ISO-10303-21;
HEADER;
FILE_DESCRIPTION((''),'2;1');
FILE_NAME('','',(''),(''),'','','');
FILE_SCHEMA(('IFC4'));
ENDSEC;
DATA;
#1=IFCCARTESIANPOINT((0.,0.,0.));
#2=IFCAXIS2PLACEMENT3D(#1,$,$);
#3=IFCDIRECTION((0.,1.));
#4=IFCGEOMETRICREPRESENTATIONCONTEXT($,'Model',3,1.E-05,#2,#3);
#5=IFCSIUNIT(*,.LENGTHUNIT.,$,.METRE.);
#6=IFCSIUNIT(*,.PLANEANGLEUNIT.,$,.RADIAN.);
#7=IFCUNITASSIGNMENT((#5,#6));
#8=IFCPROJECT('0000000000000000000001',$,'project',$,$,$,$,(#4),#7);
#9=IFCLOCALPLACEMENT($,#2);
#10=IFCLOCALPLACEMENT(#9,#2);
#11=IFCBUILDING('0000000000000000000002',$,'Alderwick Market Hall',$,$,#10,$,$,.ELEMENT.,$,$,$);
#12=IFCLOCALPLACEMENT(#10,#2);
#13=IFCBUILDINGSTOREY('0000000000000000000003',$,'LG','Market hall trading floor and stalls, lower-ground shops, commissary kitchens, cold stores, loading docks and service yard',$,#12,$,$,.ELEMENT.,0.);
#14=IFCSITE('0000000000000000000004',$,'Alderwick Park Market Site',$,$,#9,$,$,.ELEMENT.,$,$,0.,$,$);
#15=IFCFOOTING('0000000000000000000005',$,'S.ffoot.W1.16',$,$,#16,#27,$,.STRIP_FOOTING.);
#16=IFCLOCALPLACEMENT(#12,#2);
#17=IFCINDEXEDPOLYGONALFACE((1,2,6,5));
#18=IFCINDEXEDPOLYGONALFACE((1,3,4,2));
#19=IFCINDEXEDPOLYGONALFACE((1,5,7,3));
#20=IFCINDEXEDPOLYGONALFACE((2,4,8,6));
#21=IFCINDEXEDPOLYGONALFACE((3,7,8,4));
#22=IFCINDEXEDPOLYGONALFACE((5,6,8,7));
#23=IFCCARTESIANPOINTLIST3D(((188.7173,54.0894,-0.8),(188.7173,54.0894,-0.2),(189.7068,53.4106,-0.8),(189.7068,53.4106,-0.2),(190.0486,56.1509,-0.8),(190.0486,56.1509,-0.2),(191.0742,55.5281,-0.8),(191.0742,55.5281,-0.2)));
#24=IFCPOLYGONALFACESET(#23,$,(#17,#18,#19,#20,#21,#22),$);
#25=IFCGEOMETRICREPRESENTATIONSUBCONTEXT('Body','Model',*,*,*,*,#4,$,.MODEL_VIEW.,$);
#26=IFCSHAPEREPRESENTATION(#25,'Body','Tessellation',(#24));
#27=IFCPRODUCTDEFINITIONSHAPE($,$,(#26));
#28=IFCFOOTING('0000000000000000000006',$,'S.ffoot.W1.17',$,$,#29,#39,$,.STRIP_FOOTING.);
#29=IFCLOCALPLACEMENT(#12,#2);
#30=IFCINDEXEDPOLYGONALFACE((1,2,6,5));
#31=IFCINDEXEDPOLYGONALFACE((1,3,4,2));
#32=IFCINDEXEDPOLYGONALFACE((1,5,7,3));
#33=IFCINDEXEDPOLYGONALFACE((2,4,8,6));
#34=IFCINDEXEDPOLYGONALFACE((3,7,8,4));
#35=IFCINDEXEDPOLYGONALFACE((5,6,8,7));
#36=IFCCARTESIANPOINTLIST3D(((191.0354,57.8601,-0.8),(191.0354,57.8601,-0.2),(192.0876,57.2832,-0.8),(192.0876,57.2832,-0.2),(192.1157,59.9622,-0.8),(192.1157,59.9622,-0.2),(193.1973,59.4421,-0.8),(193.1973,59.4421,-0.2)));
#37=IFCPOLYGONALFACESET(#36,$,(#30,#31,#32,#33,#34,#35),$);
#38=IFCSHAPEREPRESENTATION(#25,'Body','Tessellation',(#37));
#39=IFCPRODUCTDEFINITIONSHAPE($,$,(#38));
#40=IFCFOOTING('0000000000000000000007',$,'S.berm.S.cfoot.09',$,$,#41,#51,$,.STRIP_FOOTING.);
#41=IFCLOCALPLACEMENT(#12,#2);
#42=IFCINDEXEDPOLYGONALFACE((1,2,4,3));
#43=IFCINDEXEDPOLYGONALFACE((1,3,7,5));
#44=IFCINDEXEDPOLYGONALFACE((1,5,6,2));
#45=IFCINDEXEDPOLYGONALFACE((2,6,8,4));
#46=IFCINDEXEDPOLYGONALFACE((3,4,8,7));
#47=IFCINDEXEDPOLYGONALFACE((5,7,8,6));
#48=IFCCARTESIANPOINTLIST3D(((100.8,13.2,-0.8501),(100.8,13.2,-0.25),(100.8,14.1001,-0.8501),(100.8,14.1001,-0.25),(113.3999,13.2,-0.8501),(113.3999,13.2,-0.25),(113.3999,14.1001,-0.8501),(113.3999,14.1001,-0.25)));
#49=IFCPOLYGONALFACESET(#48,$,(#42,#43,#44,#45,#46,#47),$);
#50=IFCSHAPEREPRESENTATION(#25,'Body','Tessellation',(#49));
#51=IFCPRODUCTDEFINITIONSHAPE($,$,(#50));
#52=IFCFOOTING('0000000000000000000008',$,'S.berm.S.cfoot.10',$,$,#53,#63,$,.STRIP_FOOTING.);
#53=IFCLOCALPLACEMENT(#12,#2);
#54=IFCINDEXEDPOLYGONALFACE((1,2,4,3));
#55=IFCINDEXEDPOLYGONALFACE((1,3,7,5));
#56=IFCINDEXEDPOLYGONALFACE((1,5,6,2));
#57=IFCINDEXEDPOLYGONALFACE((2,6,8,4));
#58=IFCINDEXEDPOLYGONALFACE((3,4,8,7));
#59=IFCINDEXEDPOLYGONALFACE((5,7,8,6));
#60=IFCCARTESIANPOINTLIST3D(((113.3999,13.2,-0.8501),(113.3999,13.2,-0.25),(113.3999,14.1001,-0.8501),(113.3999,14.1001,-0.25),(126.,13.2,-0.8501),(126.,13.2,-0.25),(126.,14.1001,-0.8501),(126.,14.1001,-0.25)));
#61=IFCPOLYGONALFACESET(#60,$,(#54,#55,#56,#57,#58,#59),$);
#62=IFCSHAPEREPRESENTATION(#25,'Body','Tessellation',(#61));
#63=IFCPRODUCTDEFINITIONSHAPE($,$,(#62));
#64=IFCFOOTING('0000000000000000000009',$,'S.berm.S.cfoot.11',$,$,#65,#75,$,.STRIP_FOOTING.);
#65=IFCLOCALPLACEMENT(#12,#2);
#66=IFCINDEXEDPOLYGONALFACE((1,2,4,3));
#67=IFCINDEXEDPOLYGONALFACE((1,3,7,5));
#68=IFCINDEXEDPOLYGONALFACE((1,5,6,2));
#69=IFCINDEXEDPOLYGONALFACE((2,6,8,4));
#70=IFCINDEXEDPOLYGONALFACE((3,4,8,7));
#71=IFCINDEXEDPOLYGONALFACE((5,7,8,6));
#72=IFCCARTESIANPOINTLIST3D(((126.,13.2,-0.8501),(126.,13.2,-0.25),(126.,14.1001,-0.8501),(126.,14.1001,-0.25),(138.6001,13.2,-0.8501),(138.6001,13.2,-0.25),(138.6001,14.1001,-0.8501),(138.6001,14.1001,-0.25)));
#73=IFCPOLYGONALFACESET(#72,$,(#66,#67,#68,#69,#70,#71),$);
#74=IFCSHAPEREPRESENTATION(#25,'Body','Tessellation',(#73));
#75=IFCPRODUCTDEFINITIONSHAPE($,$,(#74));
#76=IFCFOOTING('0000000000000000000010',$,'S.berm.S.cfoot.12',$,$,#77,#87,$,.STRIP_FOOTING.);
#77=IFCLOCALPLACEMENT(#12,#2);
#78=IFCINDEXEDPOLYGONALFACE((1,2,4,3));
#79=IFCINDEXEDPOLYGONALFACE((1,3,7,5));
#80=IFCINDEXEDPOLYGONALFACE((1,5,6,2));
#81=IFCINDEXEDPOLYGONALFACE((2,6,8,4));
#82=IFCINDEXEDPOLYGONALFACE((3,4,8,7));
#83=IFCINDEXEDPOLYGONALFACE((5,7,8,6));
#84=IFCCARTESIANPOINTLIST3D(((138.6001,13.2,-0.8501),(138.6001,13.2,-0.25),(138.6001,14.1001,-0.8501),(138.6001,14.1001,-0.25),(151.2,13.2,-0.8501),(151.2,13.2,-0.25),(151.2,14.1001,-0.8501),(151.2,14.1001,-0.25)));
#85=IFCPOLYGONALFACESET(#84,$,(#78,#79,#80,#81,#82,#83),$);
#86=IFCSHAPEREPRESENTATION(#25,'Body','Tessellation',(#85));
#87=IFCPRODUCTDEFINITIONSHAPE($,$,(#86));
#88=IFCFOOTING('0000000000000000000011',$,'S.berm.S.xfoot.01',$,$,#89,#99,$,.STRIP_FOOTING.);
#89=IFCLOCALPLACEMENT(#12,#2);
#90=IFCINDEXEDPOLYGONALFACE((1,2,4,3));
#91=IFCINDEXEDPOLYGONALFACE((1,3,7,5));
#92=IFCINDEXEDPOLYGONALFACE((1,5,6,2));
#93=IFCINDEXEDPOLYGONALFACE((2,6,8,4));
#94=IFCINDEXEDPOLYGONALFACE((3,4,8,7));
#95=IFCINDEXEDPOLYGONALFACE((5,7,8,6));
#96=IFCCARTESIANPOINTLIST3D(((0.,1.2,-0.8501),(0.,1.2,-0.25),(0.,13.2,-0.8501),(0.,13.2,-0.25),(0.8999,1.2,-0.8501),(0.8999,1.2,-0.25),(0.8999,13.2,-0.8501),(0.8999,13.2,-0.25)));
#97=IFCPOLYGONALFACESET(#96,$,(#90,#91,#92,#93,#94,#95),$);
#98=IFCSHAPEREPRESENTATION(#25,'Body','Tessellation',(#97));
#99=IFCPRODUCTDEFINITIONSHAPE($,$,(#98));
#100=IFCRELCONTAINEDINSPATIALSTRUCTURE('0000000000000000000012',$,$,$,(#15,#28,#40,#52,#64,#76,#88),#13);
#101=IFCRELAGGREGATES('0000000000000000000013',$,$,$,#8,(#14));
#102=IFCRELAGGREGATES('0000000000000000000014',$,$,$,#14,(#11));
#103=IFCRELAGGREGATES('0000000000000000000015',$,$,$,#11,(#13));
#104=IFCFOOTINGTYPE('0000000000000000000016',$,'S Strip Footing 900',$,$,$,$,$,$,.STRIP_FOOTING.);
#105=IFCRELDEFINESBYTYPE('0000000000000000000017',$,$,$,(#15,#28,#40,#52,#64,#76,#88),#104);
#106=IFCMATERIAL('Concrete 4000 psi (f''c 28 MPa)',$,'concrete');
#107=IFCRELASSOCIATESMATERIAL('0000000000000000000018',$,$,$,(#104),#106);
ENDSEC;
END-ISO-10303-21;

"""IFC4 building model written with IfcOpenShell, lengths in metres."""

from ifc_helpers import new_model, si_unit, direction, frame, origin, place, context, subcontext, project, spatial, polyline, outline, extrude, material, type_object, element, save


model = new_model("IFC4")

# Units and contexts
model_context = context("Model", 3, precision=1e-05, world=origin(), true_north=direction((0.0, 1.0)))
body_context = subcontext(model_context, "Body", "Model", "MODEL_VIEW")
ifc_project = project(units=[si_unit("LENGTHUNIT", "METRE"), si_unit("PLANEANGLEUNIT", "RADIAN")], contexts=[model_context])

# Site, building, storey
site_placement = place(None, origin())
site = spatial("IfcSite", under=ifc_project, at=site_placement, Name="Alderwick Park Market Site", CompositionType="ELEMENT", RefElevation=0.0)
building_placement = place(site_placement, origin())
building = spatial("IfcBuilding", under=site, at=building_placement, Name="Alderwick Market Hall", CompositionType="ELEMENT")
storey_placement = place(building_placement, origin())
storey = spatial("IfcBuildingStorey", under=building, at=storey_placement, Name="LG", Description="Market hall trading floor and stalls, lower-ground shops, commissary kitchens, cold stores, loading docks and service yard", CompositionType="ELEMENT", Elevation=0.0)

# Footings
ifc_material = material(Name="Concrete 4000 psi (f'c 28 MPa)", Category="concrete")
footing_type = type_object("IfcFootingType", Name="S Strip Footing 900", PredefinedType="STRIP_FOOTING", material=ifc_material)
footing_1_placement = place(storey_placement, frame((0.0, 0.0, -0.8)))
element("IfcFooting", 1, at=footing_1_placement, inside=storey, type_object=footing_type, Name="S.ffoot.W1.16", PredefinedType="STRIP_FOOTING", context=body_context, shape_type="SweptSolid", body=[
    extrude(outline(polyline([(189.7068, 53.4106), (191.0742, 55.5281), (190.0486, 56.1509), (188.7173, 54.0894), (189.7068, 53.4106)])), origin(), (0.0, 0.0, 1.0), 0.6001),
])
footing_2_placement = place(storey_placement, frame((0.0, 0.0, -0.8)))
element("IfcFooting", 2, at=footing_2_placement, inside=storey, type_object=footing_type, Name="S.ffoot.W1.17", PredefinedType="STRIP_FOOTING", context=body_context, shape_type="SweptSolid", body=[
    extrude(outline(polyline([(192.0876, 57.2832), (193.1973, 59.4421), (192.1157, 59.9622), (191.0354, 57.8601), (192.0876, 57.2832)])), origin(), (0.0, 0.0, 1.0), 0.6001),
])
footing_3_placement = place(storey_placement, frame((0.0, 0.0, -0.8501)))
element("IfcFooting", 3, at=footing_3_placement, inside=storey, type_object=footing_type, Name="S.berm.S.cfoot.09", PredefinedType="STRIP_FOOTING", context=body_context, shape_type="SweptSolid", body=[
    extrude(outline(polyline([(113.3999, 13.2), (113.3999, 14.1001), (100.8, 14.1001), (100.8, 13.2), (113.3999, 13.2)])), origin(), (0.0, 0.0, 1.0), 0.6001),
])
footing_4_placement = place(storey_placement, frame((0.0, 0.0, -0.8501)))
element("IfcFooting", 4, at=footing_4_placement, inside=storey, type_object=footing_type, Name="S.berm.S.cfoot.10", PredefinedType="STRIP_FOOTING", context=body_context, shape_type="SweptSolid", body=[
    extrude(outline(polyline([(126.0, 13.2), (126.0, 14.1001), (113.3999, 14.1001), (113.3999, 13.2), (126.0, 13.2)])), origin(), (0.0, 0.0, 1.0), 0.6001),
])
footing_5_placement = place(storey_placement, frame((0.0, 0.0, -0.8501)))
element("IfcFooting", 5, at=footing_5_placement, inside=storey, type_object=footing_type, Name="S.berm.S.cfoot.11", PredefinedType="STRIP_FOOTING", context=body_context, shape_type="SweptSolid", body=[
    extrude(outline(polyline([(138.6001, 13.2), (138.6001, 14.1001), (126.0, 14.1001), (126.0, 13.2), (138.6001, 13.2)])), origin(), (0.0, 0.0, 1.0), 0.6001),
])
footing_6_placement = place(storey_placement, frame((0.0, 0.0, -0.8501)))
element("IfcFooting", 6, at=footing_6_placement, inside=storey, type_object=footing_type, Name="S.berm.S.cfoot.12", PredefinedType="STRIP_FOOTING", context=body_context, shape_type="SweptSolid", body=[
    extrude(outline(polyline([(151.2, 13.2), (151.2, 14.1001), (138.6001, 14.1001), (138.6001, 13.2), (151.2, 13.2)])), origin(), (0.0, 0.0, 1.0), 0.6001),
])
footing_7_placement = place(storey_placement, frame((0.0, 0.0, -0.8501)))
element("IfcFooting", 7, at=footing_7_placement, inside=storey, type_object=footing_type, Name="S.berm.S.xfoot.01", PredefinedType="STRIP_FOOTING", context=body_context, shape_type="SweptSolid", body=[
    extrude(outline(polyline([(0.8999, 1.2), (0.8999, 13.2), (0.0, 13.2), (0.0, 1.2), (0.8999, 1.2)])), origin(), (0.0, 0.0, 1.0), 0.6001),
])

save(model, "model.ifc")
